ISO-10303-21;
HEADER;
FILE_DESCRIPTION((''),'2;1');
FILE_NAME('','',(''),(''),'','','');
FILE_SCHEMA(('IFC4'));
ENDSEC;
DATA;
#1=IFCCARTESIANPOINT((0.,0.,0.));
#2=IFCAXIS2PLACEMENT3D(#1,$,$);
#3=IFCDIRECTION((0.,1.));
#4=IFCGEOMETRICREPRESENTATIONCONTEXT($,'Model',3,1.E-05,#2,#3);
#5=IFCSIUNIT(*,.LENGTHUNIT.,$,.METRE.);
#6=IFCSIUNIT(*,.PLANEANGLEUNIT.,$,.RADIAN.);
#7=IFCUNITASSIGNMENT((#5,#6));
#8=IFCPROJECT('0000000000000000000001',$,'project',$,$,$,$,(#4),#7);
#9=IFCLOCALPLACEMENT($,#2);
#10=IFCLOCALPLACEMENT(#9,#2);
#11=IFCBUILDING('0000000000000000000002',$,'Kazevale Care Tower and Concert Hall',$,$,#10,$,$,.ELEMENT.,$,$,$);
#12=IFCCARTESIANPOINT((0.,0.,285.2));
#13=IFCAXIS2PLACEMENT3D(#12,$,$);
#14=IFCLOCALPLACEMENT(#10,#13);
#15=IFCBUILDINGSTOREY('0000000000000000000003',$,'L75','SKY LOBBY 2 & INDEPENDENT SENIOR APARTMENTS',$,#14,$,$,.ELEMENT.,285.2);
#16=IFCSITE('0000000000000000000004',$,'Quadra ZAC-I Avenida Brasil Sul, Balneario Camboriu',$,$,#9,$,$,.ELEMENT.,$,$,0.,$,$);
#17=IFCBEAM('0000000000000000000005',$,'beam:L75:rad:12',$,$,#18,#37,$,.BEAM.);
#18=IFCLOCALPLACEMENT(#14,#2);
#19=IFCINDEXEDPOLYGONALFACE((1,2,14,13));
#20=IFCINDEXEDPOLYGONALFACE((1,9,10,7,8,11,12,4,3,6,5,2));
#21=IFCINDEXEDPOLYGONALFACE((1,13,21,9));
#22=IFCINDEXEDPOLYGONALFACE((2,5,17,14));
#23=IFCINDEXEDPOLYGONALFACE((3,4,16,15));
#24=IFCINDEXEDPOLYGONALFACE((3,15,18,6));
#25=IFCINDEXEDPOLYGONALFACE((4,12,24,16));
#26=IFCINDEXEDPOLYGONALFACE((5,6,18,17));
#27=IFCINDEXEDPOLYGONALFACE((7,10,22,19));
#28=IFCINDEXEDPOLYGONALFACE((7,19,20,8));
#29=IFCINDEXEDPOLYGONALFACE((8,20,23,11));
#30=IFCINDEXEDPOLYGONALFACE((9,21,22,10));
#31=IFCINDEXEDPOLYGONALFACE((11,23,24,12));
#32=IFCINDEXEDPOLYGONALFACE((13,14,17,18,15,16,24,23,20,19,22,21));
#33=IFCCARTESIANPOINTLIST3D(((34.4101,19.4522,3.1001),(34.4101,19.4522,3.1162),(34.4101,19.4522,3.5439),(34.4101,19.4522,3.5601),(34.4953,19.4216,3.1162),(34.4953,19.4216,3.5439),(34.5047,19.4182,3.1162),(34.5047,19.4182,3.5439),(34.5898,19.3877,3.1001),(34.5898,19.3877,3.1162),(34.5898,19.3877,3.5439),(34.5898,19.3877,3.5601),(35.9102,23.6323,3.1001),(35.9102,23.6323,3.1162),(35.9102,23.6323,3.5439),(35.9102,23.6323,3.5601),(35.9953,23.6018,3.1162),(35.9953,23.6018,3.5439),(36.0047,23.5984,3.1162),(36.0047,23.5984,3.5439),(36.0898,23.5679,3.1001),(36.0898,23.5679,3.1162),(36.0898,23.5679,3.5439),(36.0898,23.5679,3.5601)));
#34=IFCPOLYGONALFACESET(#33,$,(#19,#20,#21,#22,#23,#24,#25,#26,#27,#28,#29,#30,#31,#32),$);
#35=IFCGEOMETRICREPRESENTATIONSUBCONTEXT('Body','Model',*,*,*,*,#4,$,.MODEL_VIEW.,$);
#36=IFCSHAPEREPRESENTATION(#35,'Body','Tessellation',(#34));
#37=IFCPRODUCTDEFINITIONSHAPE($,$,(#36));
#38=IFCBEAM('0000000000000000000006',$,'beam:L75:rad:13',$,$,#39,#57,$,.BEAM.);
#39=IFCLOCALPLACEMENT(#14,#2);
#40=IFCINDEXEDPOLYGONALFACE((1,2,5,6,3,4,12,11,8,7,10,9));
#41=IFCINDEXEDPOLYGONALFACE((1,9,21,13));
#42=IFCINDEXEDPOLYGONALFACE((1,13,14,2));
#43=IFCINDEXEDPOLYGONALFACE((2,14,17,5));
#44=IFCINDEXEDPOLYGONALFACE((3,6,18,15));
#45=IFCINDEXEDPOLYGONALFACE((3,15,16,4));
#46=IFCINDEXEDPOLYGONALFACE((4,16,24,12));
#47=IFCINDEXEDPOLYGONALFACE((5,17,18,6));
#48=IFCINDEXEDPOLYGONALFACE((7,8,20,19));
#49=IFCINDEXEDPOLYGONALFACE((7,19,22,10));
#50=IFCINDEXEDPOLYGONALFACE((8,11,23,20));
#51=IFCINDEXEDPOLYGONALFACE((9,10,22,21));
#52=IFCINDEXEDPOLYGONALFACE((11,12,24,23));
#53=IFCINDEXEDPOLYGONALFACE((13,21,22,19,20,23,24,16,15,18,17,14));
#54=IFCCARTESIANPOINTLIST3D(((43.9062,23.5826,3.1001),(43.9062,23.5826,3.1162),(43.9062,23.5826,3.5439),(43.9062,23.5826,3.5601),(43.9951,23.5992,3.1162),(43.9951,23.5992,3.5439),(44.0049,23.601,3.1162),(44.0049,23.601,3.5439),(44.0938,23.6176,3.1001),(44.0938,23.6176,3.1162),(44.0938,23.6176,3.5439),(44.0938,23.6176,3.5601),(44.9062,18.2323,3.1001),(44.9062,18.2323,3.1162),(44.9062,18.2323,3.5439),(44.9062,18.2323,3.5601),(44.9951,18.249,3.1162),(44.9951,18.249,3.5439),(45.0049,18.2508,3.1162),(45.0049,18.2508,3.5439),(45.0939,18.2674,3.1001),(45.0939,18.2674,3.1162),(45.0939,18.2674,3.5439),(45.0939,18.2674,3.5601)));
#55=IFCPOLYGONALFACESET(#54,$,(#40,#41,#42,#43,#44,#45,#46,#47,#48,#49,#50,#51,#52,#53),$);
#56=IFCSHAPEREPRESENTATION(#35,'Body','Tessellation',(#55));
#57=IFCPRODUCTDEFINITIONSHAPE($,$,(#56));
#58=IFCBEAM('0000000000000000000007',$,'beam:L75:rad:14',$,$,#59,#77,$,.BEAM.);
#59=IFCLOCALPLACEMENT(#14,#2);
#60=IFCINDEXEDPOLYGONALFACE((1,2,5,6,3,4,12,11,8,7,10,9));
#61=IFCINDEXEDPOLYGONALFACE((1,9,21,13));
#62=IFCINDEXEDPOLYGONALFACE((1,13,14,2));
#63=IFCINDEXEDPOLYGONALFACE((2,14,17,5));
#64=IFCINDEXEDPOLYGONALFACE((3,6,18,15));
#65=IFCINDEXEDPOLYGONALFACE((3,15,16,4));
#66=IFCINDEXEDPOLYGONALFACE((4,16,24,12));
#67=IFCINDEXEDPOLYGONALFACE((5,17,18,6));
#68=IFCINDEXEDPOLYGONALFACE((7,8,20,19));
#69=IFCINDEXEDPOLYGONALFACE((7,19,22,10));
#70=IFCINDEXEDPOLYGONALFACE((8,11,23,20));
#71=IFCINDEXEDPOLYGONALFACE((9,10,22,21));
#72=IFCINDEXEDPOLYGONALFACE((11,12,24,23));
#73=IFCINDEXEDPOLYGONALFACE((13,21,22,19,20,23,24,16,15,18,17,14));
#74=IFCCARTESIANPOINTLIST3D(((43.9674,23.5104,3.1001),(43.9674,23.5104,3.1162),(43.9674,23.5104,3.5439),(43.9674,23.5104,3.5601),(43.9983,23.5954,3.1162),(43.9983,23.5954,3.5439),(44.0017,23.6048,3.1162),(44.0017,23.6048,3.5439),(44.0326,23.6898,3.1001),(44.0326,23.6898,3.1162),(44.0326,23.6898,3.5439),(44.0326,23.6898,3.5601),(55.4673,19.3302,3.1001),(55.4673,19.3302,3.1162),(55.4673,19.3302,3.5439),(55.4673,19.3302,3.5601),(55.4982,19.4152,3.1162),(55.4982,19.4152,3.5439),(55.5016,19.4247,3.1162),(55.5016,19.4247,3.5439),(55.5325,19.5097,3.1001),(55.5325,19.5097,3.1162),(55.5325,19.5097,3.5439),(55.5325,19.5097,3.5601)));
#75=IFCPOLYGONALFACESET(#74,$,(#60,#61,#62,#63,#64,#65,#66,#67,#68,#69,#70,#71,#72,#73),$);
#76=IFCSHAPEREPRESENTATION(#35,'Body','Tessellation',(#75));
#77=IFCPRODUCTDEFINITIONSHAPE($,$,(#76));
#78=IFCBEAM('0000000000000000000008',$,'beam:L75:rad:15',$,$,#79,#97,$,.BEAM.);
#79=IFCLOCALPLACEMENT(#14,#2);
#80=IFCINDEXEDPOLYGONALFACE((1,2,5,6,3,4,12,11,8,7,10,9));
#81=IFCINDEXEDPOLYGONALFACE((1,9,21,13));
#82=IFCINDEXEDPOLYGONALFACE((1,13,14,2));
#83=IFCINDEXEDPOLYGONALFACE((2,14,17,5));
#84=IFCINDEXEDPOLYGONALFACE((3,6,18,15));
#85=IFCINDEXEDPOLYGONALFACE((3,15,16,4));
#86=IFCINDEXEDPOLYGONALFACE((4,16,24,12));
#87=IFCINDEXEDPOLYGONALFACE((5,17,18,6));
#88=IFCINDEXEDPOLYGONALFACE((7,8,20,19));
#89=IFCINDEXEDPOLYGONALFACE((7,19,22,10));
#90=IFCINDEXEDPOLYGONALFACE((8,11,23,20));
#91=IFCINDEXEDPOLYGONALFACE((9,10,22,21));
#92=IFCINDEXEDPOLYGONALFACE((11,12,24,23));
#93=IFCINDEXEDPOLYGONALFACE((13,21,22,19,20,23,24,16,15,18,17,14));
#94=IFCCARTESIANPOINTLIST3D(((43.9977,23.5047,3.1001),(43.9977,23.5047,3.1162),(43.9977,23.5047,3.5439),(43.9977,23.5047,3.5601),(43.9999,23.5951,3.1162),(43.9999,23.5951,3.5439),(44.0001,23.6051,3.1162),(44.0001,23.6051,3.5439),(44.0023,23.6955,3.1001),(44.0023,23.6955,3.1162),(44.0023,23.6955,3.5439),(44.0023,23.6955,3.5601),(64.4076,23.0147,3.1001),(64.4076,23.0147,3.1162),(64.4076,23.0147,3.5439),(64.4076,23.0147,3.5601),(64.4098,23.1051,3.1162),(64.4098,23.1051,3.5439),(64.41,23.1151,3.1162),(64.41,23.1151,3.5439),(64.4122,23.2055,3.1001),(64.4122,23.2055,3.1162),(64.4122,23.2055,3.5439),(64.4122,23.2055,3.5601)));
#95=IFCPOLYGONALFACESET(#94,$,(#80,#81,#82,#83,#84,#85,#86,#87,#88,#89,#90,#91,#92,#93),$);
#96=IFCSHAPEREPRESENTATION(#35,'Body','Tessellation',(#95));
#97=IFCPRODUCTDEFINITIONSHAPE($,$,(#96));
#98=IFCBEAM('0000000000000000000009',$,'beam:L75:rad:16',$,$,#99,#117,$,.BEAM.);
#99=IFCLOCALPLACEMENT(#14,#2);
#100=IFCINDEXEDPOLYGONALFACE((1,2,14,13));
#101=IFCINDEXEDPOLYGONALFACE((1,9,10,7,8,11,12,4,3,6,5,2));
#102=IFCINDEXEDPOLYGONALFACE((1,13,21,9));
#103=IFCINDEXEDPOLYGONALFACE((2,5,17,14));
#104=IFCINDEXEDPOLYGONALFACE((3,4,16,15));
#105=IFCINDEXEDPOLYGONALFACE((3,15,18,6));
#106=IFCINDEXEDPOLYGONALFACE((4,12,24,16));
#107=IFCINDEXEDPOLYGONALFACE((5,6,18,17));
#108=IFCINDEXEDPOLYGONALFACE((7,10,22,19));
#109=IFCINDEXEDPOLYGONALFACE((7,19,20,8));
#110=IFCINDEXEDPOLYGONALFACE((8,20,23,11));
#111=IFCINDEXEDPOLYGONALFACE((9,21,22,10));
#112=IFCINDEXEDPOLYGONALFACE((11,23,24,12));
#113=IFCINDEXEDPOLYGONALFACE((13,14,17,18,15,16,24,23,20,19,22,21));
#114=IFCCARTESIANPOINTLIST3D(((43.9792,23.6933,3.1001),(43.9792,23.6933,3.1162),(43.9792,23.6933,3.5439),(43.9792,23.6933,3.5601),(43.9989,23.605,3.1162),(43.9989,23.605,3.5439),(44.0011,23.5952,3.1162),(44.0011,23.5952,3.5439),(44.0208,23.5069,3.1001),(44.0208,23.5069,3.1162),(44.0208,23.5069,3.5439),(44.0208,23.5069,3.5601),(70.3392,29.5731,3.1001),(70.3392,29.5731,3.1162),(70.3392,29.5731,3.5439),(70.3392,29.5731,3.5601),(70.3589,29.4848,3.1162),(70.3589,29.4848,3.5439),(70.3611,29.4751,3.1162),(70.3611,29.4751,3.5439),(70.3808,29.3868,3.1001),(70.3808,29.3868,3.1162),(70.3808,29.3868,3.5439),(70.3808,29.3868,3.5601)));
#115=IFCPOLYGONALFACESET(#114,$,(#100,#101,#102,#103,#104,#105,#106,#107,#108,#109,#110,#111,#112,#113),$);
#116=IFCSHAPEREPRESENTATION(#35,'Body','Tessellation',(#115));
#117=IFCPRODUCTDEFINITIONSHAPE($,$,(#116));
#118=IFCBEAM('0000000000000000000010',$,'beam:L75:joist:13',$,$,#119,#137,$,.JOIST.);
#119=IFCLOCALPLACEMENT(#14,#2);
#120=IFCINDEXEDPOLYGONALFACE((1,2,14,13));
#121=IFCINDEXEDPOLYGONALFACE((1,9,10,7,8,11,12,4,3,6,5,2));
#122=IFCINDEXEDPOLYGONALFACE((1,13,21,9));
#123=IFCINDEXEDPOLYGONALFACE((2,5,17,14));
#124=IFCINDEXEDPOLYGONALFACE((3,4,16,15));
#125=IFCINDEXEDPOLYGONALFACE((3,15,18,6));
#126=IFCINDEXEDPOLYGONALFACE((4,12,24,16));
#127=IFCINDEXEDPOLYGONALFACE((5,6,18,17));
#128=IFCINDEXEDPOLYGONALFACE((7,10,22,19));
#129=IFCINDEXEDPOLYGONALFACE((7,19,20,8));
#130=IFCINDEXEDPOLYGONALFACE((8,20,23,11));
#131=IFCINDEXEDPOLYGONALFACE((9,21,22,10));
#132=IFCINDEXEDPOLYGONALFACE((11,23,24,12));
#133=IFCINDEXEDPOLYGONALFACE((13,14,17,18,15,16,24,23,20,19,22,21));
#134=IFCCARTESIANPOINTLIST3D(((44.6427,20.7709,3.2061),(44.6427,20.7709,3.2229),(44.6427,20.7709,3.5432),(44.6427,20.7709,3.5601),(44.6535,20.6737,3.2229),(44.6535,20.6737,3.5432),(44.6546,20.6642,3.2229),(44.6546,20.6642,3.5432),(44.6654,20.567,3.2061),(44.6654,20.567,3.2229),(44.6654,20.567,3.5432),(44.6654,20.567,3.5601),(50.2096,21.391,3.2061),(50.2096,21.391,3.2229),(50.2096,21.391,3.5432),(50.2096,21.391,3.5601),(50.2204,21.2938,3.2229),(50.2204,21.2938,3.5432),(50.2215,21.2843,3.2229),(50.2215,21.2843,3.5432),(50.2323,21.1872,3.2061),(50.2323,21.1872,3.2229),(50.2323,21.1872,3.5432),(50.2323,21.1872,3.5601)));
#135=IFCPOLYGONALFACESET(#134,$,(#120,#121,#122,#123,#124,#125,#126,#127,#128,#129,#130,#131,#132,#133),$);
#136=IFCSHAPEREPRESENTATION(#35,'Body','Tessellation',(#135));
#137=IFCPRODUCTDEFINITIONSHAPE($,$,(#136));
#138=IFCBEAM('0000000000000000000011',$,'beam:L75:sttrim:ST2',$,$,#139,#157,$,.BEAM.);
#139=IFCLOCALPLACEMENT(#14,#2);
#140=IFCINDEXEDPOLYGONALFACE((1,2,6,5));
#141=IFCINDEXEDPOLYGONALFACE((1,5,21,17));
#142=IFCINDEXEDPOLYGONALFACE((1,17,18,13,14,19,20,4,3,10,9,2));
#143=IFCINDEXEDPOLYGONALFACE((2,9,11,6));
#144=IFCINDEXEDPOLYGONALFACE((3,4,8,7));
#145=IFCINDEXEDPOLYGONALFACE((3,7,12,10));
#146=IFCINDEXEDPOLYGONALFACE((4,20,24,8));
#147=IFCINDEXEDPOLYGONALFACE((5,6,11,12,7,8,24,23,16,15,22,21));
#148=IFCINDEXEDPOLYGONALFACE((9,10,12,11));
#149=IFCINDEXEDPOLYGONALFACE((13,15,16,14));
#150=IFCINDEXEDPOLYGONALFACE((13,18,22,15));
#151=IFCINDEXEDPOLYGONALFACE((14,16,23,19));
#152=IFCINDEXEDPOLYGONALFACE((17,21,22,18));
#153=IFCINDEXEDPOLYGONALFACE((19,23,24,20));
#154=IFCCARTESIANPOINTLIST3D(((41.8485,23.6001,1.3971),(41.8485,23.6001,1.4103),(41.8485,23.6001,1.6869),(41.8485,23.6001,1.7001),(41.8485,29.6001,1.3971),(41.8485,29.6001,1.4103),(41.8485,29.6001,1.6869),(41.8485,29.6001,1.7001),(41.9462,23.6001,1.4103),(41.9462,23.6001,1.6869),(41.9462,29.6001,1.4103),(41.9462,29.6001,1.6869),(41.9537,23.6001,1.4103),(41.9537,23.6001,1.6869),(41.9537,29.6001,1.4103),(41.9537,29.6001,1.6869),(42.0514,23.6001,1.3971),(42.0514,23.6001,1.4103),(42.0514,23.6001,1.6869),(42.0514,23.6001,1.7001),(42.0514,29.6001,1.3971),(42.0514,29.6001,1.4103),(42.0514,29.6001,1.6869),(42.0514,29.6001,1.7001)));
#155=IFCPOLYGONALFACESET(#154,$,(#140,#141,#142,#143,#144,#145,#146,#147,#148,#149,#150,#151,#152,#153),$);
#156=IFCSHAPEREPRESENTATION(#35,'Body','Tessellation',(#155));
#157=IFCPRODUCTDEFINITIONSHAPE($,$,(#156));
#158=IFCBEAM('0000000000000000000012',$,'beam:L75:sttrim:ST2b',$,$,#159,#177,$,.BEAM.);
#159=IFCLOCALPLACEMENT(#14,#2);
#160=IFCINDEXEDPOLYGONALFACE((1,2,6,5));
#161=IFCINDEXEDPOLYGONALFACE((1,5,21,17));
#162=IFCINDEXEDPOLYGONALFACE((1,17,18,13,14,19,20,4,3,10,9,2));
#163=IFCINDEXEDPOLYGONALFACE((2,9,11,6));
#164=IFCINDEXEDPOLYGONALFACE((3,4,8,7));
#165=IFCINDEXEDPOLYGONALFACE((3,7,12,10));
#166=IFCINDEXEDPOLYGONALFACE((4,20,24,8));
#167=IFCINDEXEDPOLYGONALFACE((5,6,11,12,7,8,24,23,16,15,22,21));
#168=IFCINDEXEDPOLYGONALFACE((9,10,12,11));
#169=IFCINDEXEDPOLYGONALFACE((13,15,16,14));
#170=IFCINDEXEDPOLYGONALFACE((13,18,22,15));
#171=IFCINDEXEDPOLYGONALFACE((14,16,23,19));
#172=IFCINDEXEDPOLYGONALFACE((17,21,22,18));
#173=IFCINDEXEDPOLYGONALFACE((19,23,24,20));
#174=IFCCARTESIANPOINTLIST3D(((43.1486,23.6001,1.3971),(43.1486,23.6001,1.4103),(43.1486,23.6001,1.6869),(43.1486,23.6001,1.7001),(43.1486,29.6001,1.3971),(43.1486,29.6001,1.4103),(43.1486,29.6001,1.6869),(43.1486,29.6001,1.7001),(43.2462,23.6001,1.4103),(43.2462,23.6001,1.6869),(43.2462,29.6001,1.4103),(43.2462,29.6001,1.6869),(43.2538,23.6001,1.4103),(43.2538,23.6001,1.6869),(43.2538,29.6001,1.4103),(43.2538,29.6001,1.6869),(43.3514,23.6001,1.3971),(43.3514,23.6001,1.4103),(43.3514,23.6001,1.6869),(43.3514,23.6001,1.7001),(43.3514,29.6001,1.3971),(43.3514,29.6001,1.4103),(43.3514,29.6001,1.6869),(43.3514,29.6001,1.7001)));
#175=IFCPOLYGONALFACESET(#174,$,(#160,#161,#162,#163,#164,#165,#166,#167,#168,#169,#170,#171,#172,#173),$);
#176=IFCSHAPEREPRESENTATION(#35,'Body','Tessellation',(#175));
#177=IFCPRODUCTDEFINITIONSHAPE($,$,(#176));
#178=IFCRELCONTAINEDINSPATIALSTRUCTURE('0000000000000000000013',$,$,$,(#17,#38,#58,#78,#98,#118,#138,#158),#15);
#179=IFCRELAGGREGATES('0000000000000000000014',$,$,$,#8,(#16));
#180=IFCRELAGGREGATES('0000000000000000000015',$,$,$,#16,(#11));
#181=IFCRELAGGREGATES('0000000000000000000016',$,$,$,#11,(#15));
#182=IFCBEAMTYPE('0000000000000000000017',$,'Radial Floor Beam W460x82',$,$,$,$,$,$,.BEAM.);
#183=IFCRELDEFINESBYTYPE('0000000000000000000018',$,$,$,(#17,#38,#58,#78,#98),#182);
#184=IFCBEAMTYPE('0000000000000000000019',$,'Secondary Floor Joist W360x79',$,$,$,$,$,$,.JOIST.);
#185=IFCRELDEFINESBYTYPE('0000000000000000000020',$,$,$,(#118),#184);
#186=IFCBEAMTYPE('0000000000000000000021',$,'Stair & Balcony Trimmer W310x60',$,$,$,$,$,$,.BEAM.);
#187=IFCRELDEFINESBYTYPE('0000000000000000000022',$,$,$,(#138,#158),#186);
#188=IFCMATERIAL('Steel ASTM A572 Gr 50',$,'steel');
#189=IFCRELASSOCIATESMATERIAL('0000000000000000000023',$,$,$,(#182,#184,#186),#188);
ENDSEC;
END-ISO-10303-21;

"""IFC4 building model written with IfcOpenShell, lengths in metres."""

from ifc_helpers import new_model, si_unit, direction, frame, origin, origin_2d, place, context, subcontext, project, spatial, i_section, extrude, material, material_profile, profile_set, type_object, element, save


model = new_model("IFC4")

# Units and contexts
model_context = context("Model", 3, precision=1e-05, world=origin(), true_north=direction((0.0, 1.0)))
body_context = subcontext(model_context, "Body", "Model", "MODEL_VIEW")
ifc_project = project(units=[si_unit("LENGTHUNIT", "METRE"), si_unit("PLANEANGLEUNIT", "RADIAN")], contexts=[model_context])

# Site, building, storey
site_placement = place(None, origin())
site = spatial("IfcSite", under=ifc_project, at=site_placement, Name="Quadra ZAC-I Avenida Brasil Sul, Balneario Camboriu", CompositionType="ELEMENT", RefElevation=0.0)
building_placement = place(site_placement, origin())
building = spatial("IfcBuilding", under=site, at=building_placement, Name="Kazevale Care Tower and Concert Hall", CompositionType="ELEMENT")
storey_placement = place(building_placement, frame((0.0, 0.0, 285.2)))
storey = spatial("IfcBuildingStorey", under=building, at=storey_placement, Name="L75", Description="SKY LOBBY 2 & INDEPENDENT SENIOR APARTMENTS", CompositionType="ELEMENT", Elevation=285.2)

# Beams
ifc_material_1 = material(Name="Steel ASTM A572 Gr 50", Category="steel")
ifc_material_profile_1 = material_profile(ifc_material_1, i_section(OverallWidth=0.1909, OverallDepth=0.46, WebThickness=0.01, FlangeThickness=0.0161, at=origin_2d()), Name="W460x82")
ifc_profile_set_1 = profile_set([ifc_material_profile_1], Name="Steel ASTM A572 Gr 50")
beam_type_1 = type_object("IfcBeamType", Name="Radial Floor Beam W460x82", PredefinedType="BEAM", material=ifc_profile_set_1)
beam_1_placement = place(storey_placement, frame((36.0, 23.6001, 3.3301), z_axis=(-0.33775, -0.941236, 0.0), x_axis=(0.941236, -0.33775, 0.0)))
element("IfcBeam", 1, at=beam_1_placement, inside=storey, type_object=beam_type_1, Name="beam:L75:rad:12", PredefinedType="BEAM", context=body_context, shape_type="SweptSolid", body=[
    extrude(i_section(OverallWidth=0.1909, OverallDepth=0.46, WebThickness=0.01, FlangeThickness=0.0161, at=origin_2d()), origin(), (0.0, 0.0, 1.0), 4.4412),
])
beam_2_placement = place(storey_placement, frame((44.0, 23.6001, 3.3301), z_axis=(0.183731, -0.982977, 0.0), x_axis=(0.982977, 0.183731, 0.0)))
element("IfcBeam", 2, at=beam_2_placement, inside=storey, type_object=beam_type_1, Name="beam:L75:rad:13", PredefinedType="BEAM", context=body_context, shape_type="SweptSolid", body=[
    extrude(i_section(OverallWidth=0.1909, OverallDepth=0.46, WebThickness=0.01, FlangeThickness=0.0161, at=origin_2d()), origin(), (0.0, 0.0, 1.0), 5.4429),
])
beam_3_placement = place(storey_placement, frame((44.0, 23.6001, 3.3301), z_axis=(0.939837, -0.341625, 0.0), x_axis=(0.341625, 0.939837, 0.0)))
element("IfcBeam", 3, at=beam_3_placement, inside=storey, type_object=beam_type_1, Name="beam:L75:rad:14", PredefinedType="BEAM", context=body_context, shape_type="SweptSolid", body=[
    extrude(i_section(OverallWidth=0.1909, OverallDepth=0.46, WebThickness=0.01, FlangeThickness=0.0161, at=origin_2d()), origin(), (0.0, 0.0, 1.0), 12.2361),
])
beam_4_placement = place(storey_placement, frame((44.0, 23.6001, 3.3301), z_axis=(0.999712, -0.024001, 0.0), x_axis=(0.024001, 0.999712, 0.0)))
element("IfcBeam", 4, at=beam_4_placement, inside=storey, type_object=beam_type_1, Name="beam:L75:rad:15", PredefinedType="BEAM", context=body_context, shape_type="SweptSolid", body=[
    extrude(i_section(OverallWidth=0.1909, OverallDepth=0.46, WebThickness=0.01, FlangeThickness=0.0161, at=origin_2d()), origin(), (0.0, 0.0, 1.0), 20.4158),
])
beam_5_placement = place(storey_placement, frame((44.0, 23.6001, 3.3301), z_axis=(0.976014, 0.217709, 0.0), x_axis=(-0.217709, 0.976014, 0.0)))
element("IfcBeam", 5, at=beam_5_placement, inside=storey, type_object=beam_type_1, Name="beam:L75:rad:16", PredefinedType="BEAM", context=body_context, shape_type="SweptSolid", body=[
    extrude(i_section(OverallWidth=0.1909, OverallDepth=0.46, WebThickness=0.01, FlangeThickness=0.0161, at=origin_2d()), origin(), (0.0, 0.0, 1.0), 27.0078),
])
ifc_material_profile_2 = material_profile(ifc_material_1, i_section(OverallWidth=0.2051, OverallDepth=0.354, WebThickness=0.0095, FlangeThickness=0.0168, at=origin_2d()), Name="W360x79")
ifc_profile_set_2 = profile_set([ifc_material_profile_2], Name="Steel ASTM A572 Gr 50")
beam_type_2 = type_object("IfcBeamType", Name="Secondary Floor Joist W360x79", PredefinedType="JOIST", material=ifc_profile_set_2)
beam_6_placement = place(storey_placement, frame((44.6541, 20.6689, 3.3831), z_axis=(0.993853, 0.110709, 0.0), x_axis=(-0.110709, 0.993853, 0.0)))
element("IfcBeam", 6, at=beam_6_placement, inside=storey, type_object=beam_type_2, Name="beam:L75:joist:13", PredefinedType="JOIST", context=body_context, shape_type="SweptSolid", body=[
    extrude(i_section(OverallWidth=0.2051, OverallDepth=0.354, WebThickness=0.0095, FlangeThickness=0.0168, at=origin_2d()), origin(), (0.0, 0.0, 1.0), 5.6013),
])
ifc_material_profile_3 = material_profile(ifc_material_1, i_section(OverallWidth=0.2029, OverallDepth=0.303, WebThickness=0.0076, FlangeThickness=0.0132, at=origin_2d()), Name="W310x60")
ifc_profile_set_3 = profile_set([ifc_material_profile_3], Name="Steel ASTM A572 Gr 50")
beam_type_3 = type_object("IfcBeamType", Name="Stair & Balcony Trimmer W310x60", PredefinedType="BEAM", material=ifc_profile_set_3)
for number, where, z_axis, x_axis, name in (
    (7, (41.95, 23.6001, 1.5486), (0.0, 1.0, 0.0), (-1.0, 0.0, 0.0), "beam:L75:sttrim:ST2"),
    (8, (43.25, 23.6001, 1.5486), (0.0, 1.0, 0.0), (-1.0, 0.0, 0.0), "beam:L75:sttrim:ST2b"),
):
    element("IfcBeam", number, at=place(storey_placement, frame(where, z_axis=z_axis, x_axis=x_axis)), inside=storey, type_object=beam_type_3, Name=name, PredefinedType="BEAM", context=body_context, shape_type="SweptSolid", body=[
        extrude(i_section(OverallWidth=0.2029, OverallDepth=0.303, WebThickness=0.0076, FlangeThickness=0.0132, at=origin_2d()), origin(), (0.0, 0.0, 1.0), 6.0),
    ])

save(model, "model.ifc")
